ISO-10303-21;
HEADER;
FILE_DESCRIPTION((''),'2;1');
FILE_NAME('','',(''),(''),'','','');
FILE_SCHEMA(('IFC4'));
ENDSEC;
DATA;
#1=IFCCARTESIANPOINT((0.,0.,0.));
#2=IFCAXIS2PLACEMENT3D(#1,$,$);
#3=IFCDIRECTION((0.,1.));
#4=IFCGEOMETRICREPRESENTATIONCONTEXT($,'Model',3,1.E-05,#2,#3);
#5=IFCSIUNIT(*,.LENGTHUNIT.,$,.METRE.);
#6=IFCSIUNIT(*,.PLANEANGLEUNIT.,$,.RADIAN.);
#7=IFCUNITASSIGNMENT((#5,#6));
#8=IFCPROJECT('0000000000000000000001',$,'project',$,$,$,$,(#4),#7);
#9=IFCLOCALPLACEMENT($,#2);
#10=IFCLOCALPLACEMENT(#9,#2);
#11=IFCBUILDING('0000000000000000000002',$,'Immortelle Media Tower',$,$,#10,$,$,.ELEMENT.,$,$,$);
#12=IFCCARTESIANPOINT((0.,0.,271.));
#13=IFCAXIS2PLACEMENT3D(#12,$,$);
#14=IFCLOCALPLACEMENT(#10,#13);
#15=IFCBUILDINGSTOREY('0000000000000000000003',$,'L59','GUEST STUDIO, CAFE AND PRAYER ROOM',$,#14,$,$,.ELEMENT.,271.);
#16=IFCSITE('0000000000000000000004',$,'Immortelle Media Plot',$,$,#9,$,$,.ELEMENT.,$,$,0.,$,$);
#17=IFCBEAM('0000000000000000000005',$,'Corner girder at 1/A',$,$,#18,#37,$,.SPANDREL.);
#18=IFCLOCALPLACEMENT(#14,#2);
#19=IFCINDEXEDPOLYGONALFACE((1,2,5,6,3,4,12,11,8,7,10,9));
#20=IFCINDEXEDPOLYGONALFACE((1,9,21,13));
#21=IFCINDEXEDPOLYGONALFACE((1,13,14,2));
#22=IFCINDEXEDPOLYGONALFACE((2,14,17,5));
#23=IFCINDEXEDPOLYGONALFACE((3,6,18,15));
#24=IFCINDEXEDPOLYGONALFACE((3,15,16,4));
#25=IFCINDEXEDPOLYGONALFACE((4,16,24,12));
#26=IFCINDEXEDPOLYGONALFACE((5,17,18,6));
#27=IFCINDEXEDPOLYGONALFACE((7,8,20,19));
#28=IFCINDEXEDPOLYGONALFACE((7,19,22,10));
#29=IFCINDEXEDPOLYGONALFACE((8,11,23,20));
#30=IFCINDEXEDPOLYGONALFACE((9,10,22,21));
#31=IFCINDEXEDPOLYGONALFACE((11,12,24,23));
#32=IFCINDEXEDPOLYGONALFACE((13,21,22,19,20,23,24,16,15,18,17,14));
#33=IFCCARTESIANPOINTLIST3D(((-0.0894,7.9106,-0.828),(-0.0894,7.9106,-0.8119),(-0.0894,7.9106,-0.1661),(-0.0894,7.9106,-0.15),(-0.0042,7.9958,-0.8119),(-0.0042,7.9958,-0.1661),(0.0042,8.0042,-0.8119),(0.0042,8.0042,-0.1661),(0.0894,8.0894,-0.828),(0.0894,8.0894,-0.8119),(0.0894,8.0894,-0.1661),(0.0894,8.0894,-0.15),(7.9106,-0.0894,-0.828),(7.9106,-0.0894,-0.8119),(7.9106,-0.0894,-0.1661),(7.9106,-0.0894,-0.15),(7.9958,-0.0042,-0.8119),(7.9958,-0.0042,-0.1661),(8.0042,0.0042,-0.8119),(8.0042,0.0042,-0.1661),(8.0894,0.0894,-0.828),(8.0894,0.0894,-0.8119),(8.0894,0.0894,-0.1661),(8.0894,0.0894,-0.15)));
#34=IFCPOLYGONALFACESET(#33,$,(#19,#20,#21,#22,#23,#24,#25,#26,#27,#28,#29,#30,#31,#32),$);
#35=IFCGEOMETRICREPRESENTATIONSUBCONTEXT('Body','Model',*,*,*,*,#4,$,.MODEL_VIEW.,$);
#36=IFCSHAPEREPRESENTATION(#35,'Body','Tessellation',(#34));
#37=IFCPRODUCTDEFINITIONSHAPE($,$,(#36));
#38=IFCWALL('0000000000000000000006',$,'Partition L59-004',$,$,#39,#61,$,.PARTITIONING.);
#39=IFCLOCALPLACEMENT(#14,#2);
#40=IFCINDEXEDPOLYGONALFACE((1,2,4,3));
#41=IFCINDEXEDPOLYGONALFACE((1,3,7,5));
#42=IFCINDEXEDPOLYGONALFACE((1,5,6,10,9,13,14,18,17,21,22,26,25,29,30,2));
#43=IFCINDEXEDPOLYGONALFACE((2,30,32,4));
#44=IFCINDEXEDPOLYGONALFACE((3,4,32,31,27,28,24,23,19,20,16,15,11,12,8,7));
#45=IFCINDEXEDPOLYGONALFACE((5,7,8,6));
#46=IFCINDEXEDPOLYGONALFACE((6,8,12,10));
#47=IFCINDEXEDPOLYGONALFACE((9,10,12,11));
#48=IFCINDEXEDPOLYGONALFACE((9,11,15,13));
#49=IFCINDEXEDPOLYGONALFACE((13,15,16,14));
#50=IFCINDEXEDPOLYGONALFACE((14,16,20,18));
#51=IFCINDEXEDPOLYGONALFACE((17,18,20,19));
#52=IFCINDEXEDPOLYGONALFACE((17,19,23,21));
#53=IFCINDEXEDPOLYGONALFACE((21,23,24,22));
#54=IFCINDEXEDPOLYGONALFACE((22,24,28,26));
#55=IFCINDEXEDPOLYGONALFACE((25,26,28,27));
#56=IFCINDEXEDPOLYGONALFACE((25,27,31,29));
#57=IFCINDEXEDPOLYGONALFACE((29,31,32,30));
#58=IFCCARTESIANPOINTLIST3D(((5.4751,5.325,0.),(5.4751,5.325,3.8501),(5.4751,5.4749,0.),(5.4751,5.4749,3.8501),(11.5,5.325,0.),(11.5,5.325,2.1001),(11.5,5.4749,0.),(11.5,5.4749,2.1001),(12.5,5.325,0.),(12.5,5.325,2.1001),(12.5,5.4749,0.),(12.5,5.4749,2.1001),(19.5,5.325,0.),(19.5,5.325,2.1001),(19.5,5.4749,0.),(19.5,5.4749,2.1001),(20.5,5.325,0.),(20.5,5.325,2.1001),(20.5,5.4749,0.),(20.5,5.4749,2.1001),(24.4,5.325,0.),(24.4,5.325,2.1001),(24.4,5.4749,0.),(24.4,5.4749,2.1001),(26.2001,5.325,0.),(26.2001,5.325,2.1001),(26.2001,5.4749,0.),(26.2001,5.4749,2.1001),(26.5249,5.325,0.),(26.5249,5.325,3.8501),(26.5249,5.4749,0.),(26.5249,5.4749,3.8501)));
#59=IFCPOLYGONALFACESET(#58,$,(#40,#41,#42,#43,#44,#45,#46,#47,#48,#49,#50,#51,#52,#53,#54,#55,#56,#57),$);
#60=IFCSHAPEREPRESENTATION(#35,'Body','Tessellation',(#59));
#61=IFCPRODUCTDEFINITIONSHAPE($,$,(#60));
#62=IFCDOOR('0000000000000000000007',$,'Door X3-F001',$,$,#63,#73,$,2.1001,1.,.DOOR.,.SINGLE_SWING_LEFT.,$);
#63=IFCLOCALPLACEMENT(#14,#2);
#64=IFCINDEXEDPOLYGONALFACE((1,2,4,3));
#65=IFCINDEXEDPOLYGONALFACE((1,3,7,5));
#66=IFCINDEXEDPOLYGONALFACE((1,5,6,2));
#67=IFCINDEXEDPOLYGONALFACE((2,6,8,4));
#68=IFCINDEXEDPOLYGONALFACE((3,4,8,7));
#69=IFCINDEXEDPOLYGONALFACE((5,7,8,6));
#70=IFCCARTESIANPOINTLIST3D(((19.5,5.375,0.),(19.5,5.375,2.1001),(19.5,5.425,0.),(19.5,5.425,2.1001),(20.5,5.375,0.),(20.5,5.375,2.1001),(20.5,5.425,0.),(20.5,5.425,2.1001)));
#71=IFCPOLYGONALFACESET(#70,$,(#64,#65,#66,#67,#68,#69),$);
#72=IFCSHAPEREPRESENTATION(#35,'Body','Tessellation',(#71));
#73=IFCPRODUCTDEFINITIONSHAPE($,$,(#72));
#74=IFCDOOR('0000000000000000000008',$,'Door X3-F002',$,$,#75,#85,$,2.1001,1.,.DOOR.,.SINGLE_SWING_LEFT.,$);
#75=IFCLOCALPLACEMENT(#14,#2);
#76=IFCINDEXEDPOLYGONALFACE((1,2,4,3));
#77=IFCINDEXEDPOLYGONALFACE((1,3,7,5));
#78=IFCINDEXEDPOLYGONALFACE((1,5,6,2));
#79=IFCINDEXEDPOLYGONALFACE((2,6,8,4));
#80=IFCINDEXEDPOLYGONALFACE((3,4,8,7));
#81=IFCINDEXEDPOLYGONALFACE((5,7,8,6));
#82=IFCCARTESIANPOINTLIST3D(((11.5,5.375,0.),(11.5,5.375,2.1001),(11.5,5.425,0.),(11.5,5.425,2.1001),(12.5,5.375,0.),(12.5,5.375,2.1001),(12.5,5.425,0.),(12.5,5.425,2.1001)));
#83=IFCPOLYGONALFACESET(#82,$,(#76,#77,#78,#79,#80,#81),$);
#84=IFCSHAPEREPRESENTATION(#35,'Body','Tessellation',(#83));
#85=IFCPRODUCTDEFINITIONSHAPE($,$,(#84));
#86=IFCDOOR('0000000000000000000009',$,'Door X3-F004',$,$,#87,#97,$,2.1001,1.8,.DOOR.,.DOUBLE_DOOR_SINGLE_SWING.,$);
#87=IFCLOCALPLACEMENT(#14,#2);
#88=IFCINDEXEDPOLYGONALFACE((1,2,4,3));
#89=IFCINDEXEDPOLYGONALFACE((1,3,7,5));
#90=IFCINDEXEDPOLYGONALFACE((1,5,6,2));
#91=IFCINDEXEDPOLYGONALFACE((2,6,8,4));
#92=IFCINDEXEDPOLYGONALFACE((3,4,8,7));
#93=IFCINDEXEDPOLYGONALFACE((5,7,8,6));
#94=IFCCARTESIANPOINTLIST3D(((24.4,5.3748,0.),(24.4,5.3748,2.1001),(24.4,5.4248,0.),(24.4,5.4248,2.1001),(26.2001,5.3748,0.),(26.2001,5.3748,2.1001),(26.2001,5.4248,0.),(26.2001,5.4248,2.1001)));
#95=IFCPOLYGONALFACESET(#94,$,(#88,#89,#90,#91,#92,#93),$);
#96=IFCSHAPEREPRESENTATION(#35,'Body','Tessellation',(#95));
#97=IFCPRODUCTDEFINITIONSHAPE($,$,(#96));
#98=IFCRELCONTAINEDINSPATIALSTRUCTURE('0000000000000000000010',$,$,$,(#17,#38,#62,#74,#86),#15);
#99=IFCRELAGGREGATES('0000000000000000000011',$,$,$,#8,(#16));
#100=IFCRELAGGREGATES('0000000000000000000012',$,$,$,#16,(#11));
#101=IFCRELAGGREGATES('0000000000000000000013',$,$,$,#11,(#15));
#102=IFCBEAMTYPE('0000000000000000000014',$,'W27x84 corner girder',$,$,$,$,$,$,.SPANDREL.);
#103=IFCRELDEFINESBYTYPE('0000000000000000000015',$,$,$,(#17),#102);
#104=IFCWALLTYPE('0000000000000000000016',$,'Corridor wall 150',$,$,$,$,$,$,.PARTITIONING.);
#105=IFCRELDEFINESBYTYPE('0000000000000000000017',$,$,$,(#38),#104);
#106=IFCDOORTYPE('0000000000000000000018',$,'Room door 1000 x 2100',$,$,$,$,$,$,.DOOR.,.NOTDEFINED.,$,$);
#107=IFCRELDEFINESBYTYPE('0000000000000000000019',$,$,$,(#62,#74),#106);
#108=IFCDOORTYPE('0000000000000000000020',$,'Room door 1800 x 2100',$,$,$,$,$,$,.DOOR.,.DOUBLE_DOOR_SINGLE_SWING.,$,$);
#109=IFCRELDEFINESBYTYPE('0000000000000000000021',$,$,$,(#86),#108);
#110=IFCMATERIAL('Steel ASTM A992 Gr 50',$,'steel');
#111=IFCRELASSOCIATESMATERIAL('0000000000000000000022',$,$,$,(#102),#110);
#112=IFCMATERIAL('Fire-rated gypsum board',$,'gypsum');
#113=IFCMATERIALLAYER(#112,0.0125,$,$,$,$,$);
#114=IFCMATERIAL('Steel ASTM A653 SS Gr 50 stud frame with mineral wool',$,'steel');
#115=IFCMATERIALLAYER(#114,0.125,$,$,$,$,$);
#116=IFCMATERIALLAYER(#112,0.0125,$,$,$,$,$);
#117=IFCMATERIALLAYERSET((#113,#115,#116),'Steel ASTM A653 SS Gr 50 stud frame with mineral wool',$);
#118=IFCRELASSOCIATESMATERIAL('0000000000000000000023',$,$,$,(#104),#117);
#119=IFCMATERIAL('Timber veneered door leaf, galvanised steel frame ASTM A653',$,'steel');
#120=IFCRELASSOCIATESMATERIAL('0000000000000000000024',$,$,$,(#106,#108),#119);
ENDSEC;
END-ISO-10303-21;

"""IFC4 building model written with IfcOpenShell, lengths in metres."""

from ifc_helpers import new_model, si_unit, direction, frame, frame_2d, origin, origin_2d, place, context, subcontext, project, spatial, rectangle, i_section, extrude, material, layer, layer_set, material_profile, profile_set, type_object, element, fill, save


model = new_model("IFC4")

# Units and contexts
model_context = context("Model", 3, precision=1e-05, world=origin(), true_north=direction((0.0, 1.0)))
body_context = subcontext(model_context, "Body", "Model", "MODEL_VIEW")
ifc_project = project(units=[si_unit("LENGTHUNIT", "METRE"), si_unit("PLANEANGLEUNIT", "RADIAN")], contexts=[model_context])

# Site, building, storey
site_placement = place(None, origin())
site = spatial("IfcSite", under=ifc_project, at=site_placement, Name="Immortelle Media Plot", CompositionType="ELEMENT", RefElevation=0.0)
building_placement = place(site_placement, origin())
building = spatial("IfcBuilding", under=site, at=building_placement, Name="Immortelle Media Tower", CompositionType="ELEMENT")
storey_placement = place(building_placement, frame((0.0, 0.0, 271.0)))
storey = spatial("IfcBuildingStorey", under=building, at=storey_placement, Name="L59", Description="GUEST STUDIO, CAFE AND PRAYER ROOM", CompositionType="ELEMENT", Elevation=271.0)

# Shared definitions
ifc_material_1 = material(Name="Steel ASTM A992 Gr 50", Category="steel")

# Beam
ifc_material_profile_1 = material_profile(ifc_material_1, i_section(OverallWidth=0.2529, OverallDepth=0.678, WebThickness=0.012, FlangeThickness=0.0161, at=origin_2d()), Name="W27x84")
ifc_profile_set_1 = profile_set([ifc_material_profile_1], Name="Steel ASTM A992 Gr 50")
beam_type_1 = type_object("IfcBeamType", Name="W27x84 corner girder", PredefinedType="SPANDREL", material=ifc_profile_set_1)
beam_1_placement = place(storey_placement, frame((8.0, 0.0, -0.489), z_axis=(-0.707107, 0.707107, 0.0), x_axis=(-0.707107, -0.707107, 0.0)))
element("IfcBeam", 1, at=beam_1_placement, inside=storey, type_object=beam_type_1, Name="Corner girder at 1/A", PredefinedType="SPANDREL", context=body_context, shape_type="SweptSolid", body=[
    extrude(i_section(OverallWidth=0.2529, OverallDepth=0.678, WebThickness=0.012, FlangeThickness=0.0161, at=origin_2d()), origin(), (0.0, 0.0, 1.0), 11.3137),
])

# Wall, openings, doors
ifc_material_2 = material(Name="Fire-rated gypsum board", Category="gypsum")
ifc_layer_1 = layer(ifc_material_2, 0.0125)
ifc_material_3 = material(Name="Steel ASTM A653 SS Gr 50 stud frame with mineral wool", Category="steel")
ifc_layer_2 = layer(ifc_material_3, 0.125)
ifc_layer_3 = layer(ifc_material_2, 0.0125)
ifc_layer_set_1 = layer_set([ifc_layer_1, ifc_layer_2, ifc_layer_3], Name="Steel ASTM A653 SS Gr 50 stud frame with mineral wool")
wall_type_1 = type_object("IfcWallType", Name="Corridor wall 150", PredefinedType="PARTITIONING", material=ifc_layer_set_1)
wall_1_placement = place(storey_placement, frame((5.4751, 5.3999, 0.0), z_axis=(0.0, 0.0, 1.0), x_axis=(1.0, 0.0, 0.0)))
wall_1 = element("IfcWall", 2, at=wall_1_placement, inside=storey, type_object=wall_type_1, Name="Partition L59-004", PredefinedType="PARTITIONING", context=body_context, shape_type="SweptSolid", body=[
    extrude(rectangle(XDim=21.0498, YDim=0.1499, at=frame_2d((10.5249, 0.0))), origin(), (0.0, 0.0, 1.0), 3.8501),
])
opening_1_placement = place(wall_1_placement, frame((15.0249, 0.0, 0.0), z_axis=(0.0, 0.0, 1.0), x_axis=(-1.0, 0.0, 0.0)))
opening_1 = element("IfcOpeningElement", 3, at=opening_1_placement, cuts=wall_1, PredefinedType="OPENING", context=body_context, shape_type="SweptSolid", body=[
    extrude(rectangle(XDim=1.0, YDim=2.1001, at=frame_2d((0.5, 1.05))), frame((0.0, 0.085, 0.0), z_axis=(0.0, -1.0, 0.0), x_axis=(1.0, 0.0, 0.0)), (0.0, 0.0, 1.0), 0.1699),
])
opening_2_placement = place(wall_1_placement, frame((7.0249, 0.0, 0.0), z_axis=(0.0, 0.0, 1.0), x_axis=(-1.0, 0.0, 0.0)))
opening_2 = element("IfcOpeningElement", 4, at=opening_2_placement, cuts=wall_1, PredefinedType="OPENING", context=body_context, shape_type="SweptSolid", body=[
    extrude(rectangle(XDim=1.0, YDim=2.1001, at=frame_2d((0.5, 1.05))), frame((0.0, 0.085, 0.0), z_axis=(0.0, -1.0, 0.0), x_axis=(1.0, 0.0, 0.0)), (0.0, 0.0, 1.0), 0.1699),
])
opening_3_placement = place(wall_1_placement, frame((18.925, 0.0, 0.0)))
opening_3 = element("IfcOpeningElement", 5, at=opening_3_placement, cuts=wall_1, PredefinedType="OPENING", context=body_context, shape_type="SweptSolid", body=[
    extrude(rectangle(XDim=1.8, YDim=2.1001, at=frame_2d((0.8999, 1.05))), frame((0.0, 0.085, 0.0), z_axis=(0.0, -1.0, 0.0), x_axis=(1.0, 0.0, 0.0)), (0.0, 0.0, 1.0), 0.1699),
])
ifc_material_4 = material(Name="Timber veneered door leaf, galvanised steel frame ASTM A653", Category="steel")
door_type_1 = type_object("IfcDoorType", Name="Room door 1000 x 2100", OperationType="NOTDEFINED", PredefinedType="DOOR", material=ifc_material_4)
door_1_placement = place(opening_1_placement, origin())
door_1 = element("IfcDoor", 6, at=door_1_placement, inside=storey, type_object=door_type_1, Name="Door X3-F001", OperationType="SINGLE_SWING_LEFT", OverallHeight=2.1001, OverallWidth=1.0, PredefinedType="DOOR", context=body_context, shape_type="SweptSolid", body=[
    extrude(rectangle(XDim=1.0, YDim=2.1001, at=frame_2d((0.5, 1.05))), frame((0.0, 0.0249, 0.0), z_axis=(0.0, -1.0, 0.0), x_axis=(1.0, 0.0, 0.0)), (0.0, 0.0, 1.0), 0.05),
])
fill(opening_1, door_1)
door_2_placement = place(opening_2_placement, origin())
door_2 = element("IfcDoor", 7, at=door_2_placement, inside=storey, type_object=door_type_1, Name="Door X3-F002", OperationType="SINGLE_SWING_LEFT", OverallHeight=2.1001, OverallWidth=1.0, PredefinedType="DOOR", context=body_context, shape_type="SweptSolid", body=[
    extrude(rectangle(XDim=1.0, YDim=2.1001, at=frame_2d((0.5, 1.05))), frame((0.0, 0.0249, 0.0), z_axis=(0.0, -1.0, 0.0), x_axis=(1.0, 0.0, 0.0)), (0.0, 0.0, 1.0), 0.05),
])
fill(opening_2, door_2)
door_type_2 = type_object("IfcDoorType", Name="Room door 1800 x 2100", OperationType="DOUBLE_DOOR_SINGLE_SWING", PredefinedType="DOOR", material=ifc_material_4)
door_3_placement = place(opening_3_placement, origin())
door_3 = element("IfcDoor", 8, at=door_3_placement, inside=storey, type_object=door_type_2, Name="Door X3-F004", OperationType="DOUBLE_DOOR_SINGLE_SWING", OverallHeight=2.1001, OverallWidth=1.8, PredefinedType="DOOR", context=body_context, shape_type="SweptSolid", body=[
    extrude(rectangle(XDim=1.8, YDim=2.1001, at=frame_2d((0.8999, 1.05))), frame((0.0, 0.0249, 0.0), z_axis=(0.0, -1.0, 0.0), x_axis=(1.0, 0.0, 0.0)), (0.0, 0.0, 1.0), 0.05),
])
fill(opening_3, door_3)

save(model, "model.ifc")
